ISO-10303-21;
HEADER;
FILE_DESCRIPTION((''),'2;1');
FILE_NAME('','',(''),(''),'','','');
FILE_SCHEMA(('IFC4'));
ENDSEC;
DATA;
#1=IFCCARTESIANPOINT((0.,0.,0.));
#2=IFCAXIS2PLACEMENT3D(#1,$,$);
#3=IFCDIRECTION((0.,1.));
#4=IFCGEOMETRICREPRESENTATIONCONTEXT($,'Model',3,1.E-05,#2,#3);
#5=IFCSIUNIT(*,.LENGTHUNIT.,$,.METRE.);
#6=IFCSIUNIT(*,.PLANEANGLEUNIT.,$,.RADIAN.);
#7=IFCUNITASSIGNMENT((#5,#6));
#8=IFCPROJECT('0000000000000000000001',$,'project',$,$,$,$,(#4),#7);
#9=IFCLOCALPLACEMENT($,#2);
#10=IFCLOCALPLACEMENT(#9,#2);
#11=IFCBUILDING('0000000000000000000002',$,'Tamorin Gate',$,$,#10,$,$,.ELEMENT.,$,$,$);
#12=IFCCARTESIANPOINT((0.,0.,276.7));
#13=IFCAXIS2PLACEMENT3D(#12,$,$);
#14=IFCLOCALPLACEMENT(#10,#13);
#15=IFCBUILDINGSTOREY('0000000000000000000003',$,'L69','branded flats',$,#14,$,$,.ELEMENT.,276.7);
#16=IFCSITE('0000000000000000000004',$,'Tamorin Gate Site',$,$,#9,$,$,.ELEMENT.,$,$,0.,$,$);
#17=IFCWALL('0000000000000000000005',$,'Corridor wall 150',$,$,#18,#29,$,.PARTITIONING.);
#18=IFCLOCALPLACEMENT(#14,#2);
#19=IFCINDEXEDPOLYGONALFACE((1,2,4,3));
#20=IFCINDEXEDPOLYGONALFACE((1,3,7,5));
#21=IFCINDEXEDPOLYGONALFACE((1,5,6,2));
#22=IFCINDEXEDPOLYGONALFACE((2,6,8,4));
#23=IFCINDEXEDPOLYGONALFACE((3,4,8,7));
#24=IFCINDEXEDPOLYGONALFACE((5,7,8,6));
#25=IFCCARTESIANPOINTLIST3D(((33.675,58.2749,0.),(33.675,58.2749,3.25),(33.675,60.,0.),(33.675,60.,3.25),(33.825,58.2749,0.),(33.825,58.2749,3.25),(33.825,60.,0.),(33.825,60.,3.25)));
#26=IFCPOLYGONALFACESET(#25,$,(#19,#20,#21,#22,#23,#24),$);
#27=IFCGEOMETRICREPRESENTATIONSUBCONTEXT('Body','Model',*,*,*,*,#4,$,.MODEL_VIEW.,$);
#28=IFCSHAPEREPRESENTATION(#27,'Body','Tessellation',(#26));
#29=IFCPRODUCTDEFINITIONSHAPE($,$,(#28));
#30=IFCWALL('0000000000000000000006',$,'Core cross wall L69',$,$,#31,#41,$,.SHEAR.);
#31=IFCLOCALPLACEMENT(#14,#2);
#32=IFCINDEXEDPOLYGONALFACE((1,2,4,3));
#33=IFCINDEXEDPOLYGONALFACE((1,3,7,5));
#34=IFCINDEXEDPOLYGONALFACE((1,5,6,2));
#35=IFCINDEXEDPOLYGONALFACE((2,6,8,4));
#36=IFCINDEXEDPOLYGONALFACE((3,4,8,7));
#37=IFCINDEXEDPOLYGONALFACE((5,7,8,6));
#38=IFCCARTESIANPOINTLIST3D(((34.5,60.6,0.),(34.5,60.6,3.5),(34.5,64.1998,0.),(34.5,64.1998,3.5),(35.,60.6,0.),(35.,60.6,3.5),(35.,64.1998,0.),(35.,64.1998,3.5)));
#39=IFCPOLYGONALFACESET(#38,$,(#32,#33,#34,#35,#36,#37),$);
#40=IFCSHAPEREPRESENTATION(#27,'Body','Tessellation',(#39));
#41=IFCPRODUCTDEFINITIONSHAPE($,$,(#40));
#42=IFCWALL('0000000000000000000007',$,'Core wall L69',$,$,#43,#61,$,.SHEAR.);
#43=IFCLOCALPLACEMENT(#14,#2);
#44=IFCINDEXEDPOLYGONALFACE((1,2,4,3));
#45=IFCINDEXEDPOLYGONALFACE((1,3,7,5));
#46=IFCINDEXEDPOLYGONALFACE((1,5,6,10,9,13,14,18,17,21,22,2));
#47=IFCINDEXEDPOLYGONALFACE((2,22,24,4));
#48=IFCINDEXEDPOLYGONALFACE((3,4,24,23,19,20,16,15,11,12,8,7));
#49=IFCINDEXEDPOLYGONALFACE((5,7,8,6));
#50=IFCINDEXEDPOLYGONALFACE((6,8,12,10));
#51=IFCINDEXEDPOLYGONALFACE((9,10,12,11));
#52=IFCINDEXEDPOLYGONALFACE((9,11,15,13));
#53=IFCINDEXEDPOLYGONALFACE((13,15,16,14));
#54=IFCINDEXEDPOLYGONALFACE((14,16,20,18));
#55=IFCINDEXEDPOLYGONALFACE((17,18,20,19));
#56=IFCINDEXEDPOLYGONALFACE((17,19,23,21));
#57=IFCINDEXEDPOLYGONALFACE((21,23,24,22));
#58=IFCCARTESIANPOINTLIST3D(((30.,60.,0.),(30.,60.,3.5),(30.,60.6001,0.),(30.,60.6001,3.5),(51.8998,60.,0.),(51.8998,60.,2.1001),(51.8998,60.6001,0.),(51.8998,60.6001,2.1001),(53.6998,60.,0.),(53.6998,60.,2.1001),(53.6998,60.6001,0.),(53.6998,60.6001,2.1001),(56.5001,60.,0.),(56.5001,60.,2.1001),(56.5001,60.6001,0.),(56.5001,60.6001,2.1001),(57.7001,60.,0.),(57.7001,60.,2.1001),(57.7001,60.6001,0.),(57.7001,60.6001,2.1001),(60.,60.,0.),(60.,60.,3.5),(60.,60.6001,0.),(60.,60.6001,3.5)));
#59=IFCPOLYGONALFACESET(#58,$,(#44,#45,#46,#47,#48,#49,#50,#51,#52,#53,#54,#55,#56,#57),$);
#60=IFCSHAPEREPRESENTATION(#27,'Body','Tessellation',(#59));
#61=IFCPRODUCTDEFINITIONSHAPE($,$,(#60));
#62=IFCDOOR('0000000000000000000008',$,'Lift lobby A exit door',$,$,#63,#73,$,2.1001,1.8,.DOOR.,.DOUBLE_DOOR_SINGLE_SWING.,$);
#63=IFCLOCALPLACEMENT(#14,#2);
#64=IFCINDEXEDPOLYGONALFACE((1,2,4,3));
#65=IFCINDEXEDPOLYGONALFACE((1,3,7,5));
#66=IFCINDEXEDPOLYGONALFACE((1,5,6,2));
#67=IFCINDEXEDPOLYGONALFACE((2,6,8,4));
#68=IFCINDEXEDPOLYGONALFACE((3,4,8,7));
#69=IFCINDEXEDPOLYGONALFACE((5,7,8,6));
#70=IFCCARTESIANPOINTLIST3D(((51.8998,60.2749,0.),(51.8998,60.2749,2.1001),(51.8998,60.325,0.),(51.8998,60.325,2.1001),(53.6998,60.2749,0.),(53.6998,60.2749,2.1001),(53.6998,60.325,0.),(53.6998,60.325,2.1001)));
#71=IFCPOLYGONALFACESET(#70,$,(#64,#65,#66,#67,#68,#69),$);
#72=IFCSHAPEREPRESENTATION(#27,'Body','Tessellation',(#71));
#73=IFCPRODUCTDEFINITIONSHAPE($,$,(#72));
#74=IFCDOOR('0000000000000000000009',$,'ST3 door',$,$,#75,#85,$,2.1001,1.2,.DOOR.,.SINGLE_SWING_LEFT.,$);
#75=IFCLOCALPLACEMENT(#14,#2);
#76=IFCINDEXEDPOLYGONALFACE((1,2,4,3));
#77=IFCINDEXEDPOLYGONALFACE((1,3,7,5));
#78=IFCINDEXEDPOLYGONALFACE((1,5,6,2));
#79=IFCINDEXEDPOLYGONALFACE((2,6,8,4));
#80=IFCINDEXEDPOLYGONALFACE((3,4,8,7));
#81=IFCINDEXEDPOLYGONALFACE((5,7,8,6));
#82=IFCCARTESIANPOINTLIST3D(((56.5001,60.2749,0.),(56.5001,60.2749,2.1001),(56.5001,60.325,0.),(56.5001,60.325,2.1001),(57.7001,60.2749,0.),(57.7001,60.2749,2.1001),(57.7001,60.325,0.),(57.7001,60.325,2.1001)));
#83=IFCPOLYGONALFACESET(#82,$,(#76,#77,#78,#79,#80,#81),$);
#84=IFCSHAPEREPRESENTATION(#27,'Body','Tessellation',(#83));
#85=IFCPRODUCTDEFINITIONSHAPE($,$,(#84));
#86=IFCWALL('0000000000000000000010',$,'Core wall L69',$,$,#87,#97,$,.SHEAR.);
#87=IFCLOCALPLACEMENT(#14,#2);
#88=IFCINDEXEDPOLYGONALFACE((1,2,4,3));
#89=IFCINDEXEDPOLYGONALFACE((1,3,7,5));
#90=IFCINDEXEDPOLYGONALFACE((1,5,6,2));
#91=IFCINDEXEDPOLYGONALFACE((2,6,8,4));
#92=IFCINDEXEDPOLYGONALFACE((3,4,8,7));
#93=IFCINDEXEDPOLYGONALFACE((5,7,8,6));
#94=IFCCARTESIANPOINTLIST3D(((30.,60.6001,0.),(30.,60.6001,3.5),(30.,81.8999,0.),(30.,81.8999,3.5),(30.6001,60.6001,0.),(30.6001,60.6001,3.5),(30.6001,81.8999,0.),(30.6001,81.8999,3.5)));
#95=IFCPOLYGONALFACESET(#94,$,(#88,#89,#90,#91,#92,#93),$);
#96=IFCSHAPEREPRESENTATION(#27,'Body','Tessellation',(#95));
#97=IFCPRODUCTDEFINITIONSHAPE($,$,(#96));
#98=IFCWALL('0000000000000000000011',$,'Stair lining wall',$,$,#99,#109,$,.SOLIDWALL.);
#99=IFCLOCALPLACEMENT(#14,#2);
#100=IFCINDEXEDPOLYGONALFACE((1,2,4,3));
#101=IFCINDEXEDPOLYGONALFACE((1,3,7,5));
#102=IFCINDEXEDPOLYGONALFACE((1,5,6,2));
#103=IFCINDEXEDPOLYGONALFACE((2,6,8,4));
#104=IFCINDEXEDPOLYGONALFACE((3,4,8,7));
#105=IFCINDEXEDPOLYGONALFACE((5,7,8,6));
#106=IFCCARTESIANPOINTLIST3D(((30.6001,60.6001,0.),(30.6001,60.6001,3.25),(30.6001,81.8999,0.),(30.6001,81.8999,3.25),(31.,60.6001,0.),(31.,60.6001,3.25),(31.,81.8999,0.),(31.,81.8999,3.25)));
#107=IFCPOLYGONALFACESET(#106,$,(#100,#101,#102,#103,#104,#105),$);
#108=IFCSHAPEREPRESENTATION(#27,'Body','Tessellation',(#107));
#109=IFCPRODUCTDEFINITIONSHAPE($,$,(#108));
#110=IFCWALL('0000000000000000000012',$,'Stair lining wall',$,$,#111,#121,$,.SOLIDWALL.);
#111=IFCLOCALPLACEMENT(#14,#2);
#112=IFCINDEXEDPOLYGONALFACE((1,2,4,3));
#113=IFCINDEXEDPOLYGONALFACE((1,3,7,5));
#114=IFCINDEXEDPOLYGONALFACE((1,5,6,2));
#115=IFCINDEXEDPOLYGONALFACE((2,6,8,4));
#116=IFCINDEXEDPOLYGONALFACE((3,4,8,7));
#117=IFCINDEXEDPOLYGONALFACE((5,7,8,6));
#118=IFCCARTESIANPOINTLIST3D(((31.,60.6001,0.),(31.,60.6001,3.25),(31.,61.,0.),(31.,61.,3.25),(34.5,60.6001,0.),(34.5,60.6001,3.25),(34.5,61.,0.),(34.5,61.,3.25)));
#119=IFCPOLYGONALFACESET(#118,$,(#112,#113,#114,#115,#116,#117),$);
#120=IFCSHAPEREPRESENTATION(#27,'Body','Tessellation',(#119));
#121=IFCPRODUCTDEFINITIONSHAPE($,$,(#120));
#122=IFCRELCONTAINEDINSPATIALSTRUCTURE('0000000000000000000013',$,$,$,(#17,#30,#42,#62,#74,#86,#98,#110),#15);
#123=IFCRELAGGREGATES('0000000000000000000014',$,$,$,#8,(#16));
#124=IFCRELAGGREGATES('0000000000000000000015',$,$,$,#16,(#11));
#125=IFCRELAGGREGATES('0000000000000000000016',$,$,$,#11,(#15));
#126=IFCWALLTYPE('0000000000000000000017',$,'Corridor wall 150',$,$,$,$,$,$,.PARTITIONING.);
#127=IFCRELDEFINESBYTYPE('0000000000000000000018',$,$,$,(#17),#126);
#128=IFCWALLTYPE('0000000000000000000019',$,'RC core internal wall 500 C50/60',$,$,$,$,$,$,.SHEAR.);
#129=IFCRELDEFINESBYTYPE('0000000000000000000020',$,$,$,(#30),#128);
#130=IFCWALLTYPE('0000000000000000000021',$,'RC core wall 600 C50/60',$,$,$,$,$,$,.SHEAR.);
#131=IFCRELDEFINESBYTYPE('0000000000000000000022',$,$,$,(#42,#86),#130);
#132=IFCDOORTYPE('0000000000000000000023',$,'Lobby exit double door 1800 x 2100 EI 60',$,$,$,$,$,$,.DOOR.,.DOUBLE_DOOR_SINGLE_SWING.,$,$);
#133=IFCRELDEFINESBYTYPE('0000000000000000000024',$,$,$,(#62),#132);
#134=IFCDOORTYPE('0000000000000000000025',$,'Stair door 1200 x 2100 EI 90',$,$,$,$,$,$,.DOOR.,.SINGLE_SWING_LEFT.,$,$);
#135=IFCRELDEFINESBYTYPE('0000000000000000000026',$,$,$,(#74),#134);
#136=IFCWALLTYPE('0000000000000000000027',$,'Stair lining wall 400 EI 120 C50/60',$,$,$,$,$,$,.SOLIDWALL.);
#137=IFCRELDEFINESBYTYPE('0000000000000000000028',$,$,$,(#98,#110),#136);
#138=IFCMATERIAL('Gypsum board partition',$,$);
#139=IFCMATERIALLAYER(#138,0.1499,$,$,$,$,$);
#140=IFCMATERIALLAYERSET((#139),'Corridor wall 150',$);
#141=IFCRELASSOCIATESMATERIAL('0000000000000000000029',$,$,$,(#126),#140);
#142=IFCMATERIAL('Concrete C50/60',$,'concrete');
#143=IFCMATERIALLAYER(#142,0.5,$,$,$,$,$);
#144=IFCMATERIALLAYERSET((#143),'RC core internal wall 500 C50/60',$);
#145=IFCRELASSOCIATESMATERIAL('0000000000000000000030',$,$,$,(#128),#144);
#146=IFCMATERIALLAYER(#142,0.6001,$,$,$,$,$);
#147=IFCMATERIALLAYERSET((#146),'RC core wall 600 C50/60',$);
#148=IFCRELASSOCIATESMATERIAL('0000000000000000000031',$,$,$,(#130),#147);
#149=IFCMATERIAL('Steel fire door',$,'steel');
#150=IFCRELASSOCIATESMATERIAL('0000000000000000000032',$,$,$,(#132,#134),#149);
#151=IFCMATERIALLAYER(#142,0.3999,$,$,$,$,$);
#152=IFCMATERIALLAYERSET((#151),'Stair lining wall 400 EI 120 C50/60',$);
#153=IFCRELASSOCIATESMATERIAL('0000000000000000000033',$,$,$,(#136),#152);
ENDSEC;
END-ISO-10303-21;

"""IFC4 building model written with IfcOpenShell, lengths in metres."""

from ifc_helpers import new_model, si_unit, direction, frame, frame_2d, origin, place, context, subcontext, project, spatial, rectangle, extrude, material, layer, layer_set, type_object, element, fill, save


model = new_model("IFC4")

# Units and contexts
model_context = context("Model", 3, precision=1e-05, world=origin(), true_north=direction((0.0, 1.0)))
body_context = subcontext(model_context, "Body", "Model", "MODEL_VIEW")
ifc_project = project(units=[si_unit("LENGTHUNIT", "METRE"), si_unit("PLANEANGLEUNIT", "RADIAN")], contexts=[model_context])

# Site, building, storey
site_placement = place(None, origin())
site = spatial("IfcSite", under=ifc_project, at=site_placement, Name="Tamorin Gate Site", CompositionType="ELEMENT", RefElevation=0.0)
building_placement = place(site_placement, origin())
building = spatial("IfcBuilding", under=site, at=building_placement, Name="Tamorin Gate", CompositionType="ELEMENT")
storey_placement = place(building_placement, frame((0.0, 0.0, 276.7)))
storey = spatial("IfcBuildingStorey", under=building, at=storey_placement, Name="L69", Description="branded flats", CompositionType="ELEMENT", Elevation=276.7)

# Shared definitions
ifc_material_1 = material(Name="Concrete C50/60", Category="concrete")

# Shared definitions
ifc_material_2 = material(Name="Gypsum board partition")
ifc_layer_1 = layer(ifc_material_2, 0.1499)
ifc_layer_set_1 = layer_set([ifc_layer_1], Name="Corridor wall 150")
wall_type_1 = type_object("IfcWallType", Name="Corridor wall 150", PredefinedType="PARTITIONING", material=ifc_layer_set_1)

# Walls
wall_1_placement = place(storey_placement, frame((33.75, 58.2749, 0.0), z_axis=(0.0, 0.0, 1.0), x_axis=(0.0, 1.0, 0.0)))
element("IfcWall", 1, at=wall_1_placement, inside=storey, type_object=wall_type_1, Name="Corridor wall 150", PredefinedType="PARTITIONING", context=body_context, shape_type="SweptSolid", body=[
    extrude(rectangle(XDim=1.7251, YDim=0.1499, at=frame_2d((0.8625, 0.0))), origin(), (0.0, 0.0, 1.0), 3.25),
])
ifc_layer_2 = layer(ifc_material_1, 0.5)
ifc_layer_set_2 = layer_set([ifc_layer_2], Name="RC core internal wall 500 C50/60")
wall_type_2 = type_object("IfcWallType", Name="RC core internal wall 500 C50/60", PredefinedType="SHEAR", material=ifc_layer_set_2)
wall_2_placement = place(storey_placement, frame((34.75, 60.6001, 0.0), z_axis=(0.0, 0.0, 1.0), x_axis=(0.0, 1.0, 0.0)))
element("IfcWall", 2, at=wall_2_placement, inside=storey, type_object=wall_type_2, Name="Core cross wall L69", PredefinedType="SHEAR", context=body_context, shape_type="SweptSolid", body=[
    extrude(rectangle(XDim=3.5999, YDim=0.5, at=frame_2d((1.7998, 0.0))), origin(), (0.0, 0.0, 1.0), 3.5),
])

# Wall, openings, doors
ifc_layer_3 = layer(ifc_material_1, 0.6001)
ifc_layer_set_3 = layer_set([ifc_layer_3], Name="RC core wall 600 C50/60")
wall_type_3 = type_object("IfcWallType", Name="RC core wall 600 C50/60", PredefinedType="SHEAR", material=ifc_layer_set_3)
wall_3_placement = place(storey_placement, frame((30.0, 60.3, 0.0), z_axis=(0.0, 0.0, 1.0), x_axis=(1.0, 0.0, 0.0)))
wall_3 = element("IfcWall", 3, at=wall_3_placement, inside=storey, type_object=wall_type_3, Name="Core wall L69", PredefinedType="SHEAR", context=body_context, shape_type="SweptSolid", body=[
    extrude(rectangle(XDim=30.0, YDim=0.6001, at=frame_2d((15.0, 0.0))), origin(), (0.0, 0.0, 1.0), 3.5),
])
opening_1_placement = place(wall_3_placement, frame((21.8999, 0.0, 0.0)))
opening_1 = element("IfcOpeningElement", 4, at=opening_1_placement, cuts=wall_3, PredefinedType="OPENING", context=body_context, shape_type="SweptSolid", body=[
    extrude(rectangle(XDim=1.8, YDim=2.1001, at=frame_2d((0.8999, 1.05))), frame((0.0, 0.3101, 0.0), z_axis=(0.0, -1.0, 0.0), x_axis=(1.0, 0.0, 0.0)), (0.0, 0.0, 1.0), 0.6201),
])
opening_2_placement = place(wall_3_placement, frame((26.5, 0.0, 0.0)))
opening_2 = element("IfcOpeningElement", 5, at=opening_2_placement, cuts=wall_3, PredefinedType="OPENING", context=body_context, shape_type="SweptSolid", body=[
    extrude(rectangle(XDim=1.2, YDim=2.1001, at=frame_2d((0.6001, 1.05))), frame((0.0, 0.3101, 0.0), z_axis=(0.0, -1.0, 0.0), x_axis=(1.0, 0.0, 0.0)), (0.0, 0.0, 1.0), 0.6201),
])
ifc_material_3 = material(Name="Steel fire door", Category="steel")
door_type_1 = type_object("IfcDoorType", Name="Lobby exit double door 1800 x 2100 EI 60", OperationType="DOUBLE_DOOR_SINGLE_SWING", PredefinedType="DOOR", material=ifc_material_3)
door_1_placement = place(opening_1_placement, origin())
door_1 = element("IfcDoor", 6, at=door_1_placement, inside=storey, type_object=door_type_1, Name="Lift lobby A exit door", OperationType="DOUBLE_DOOR_SINGLE_SWING", OverallHeight=2.1001, OverallWidth=1.8, PredefinedType="DOOR", context=body_context, shape_type="SweptSolid", body=[
    extrude(rectangle(XDim=1.8, YDim=2.1001, at=frame_2d((0.8999, 1.05))), frame((0.0, 0.0249, 0.0), z_axis=(0.0, -1.0, 0.0), x_axis=(1.0, 0.0, 0.0)), (0.0, 0.0, 1.0), 0.05),
])
fill(opening_1, door_1)
door_type_2 = type_object("IfcDoorType", Name="Stair door 1200 x 2100 EI 90", OperationType="SINGLE_SWING_LEFT", PredefinedType="DOOR", material=ifc_material_3)
door_2_placement = place(opening_2_placement, origin())
door_2 = element("IfcDoor", 7, at=door_2_placement, inside=storey, type_object=door_type_2, Name="ST3 door", OperationType="SINGLE_SWING_LEFT", OverallHeight=2.1001, OverallWidth=1.2, PredefinedType="DOOR", context=body_context, shape_type="SweptSolid", body=[
    extrude(rectangle(XDim=1.2, YDim=2.1001, at=frame_2d((0.6001, 1.05))), frame((0.0, 0.0249, 0.0), z_axis=(0.0, -1.0, 0.0), x_axis=(1.0, 0.0, 0.0)), (0.0, 0.0, 1.0), 0.05),
])
fill(opening_2, door_2)

# Walls
wall_4_placement = place(storey_placement, frame((30.3, 60.6001, 0.0), z_axis=(0.0, 0.0, 1.0), x_axis=(0.0, 1.0, 0.0)))
element("IfcWall", 8, at=wall_4_placement, inside=storey, type_object=wall_type_3, Name="Core wall L69", PredefinedType="SHEAR", context=body_context, shape_type="SweptSolid", body=[
    extrude(rectangle(XDim=21.2998, YDim=0.6001, at=frame_2d((10.6499, 0.0))), origin(), (0.0, 0.0, 1.0), 3.5),
])
ifc_layer_4 = layer(ifc_material_1, 0.3999)
ifc_layer_set_4 = layer_set([ifc_layer_4], Name="Stair lining wall 400 EI 120 C50/60")
wall_type_4 = type_object("IfcWallType", Name="Stair lining wall 400 EI 120 C50/60", PredefinedType="SOLIDWALL", material=ifc_layer_set_4)
wall_5_placement = place(storey_placement, frame((30.8, 60.6001, 0.0), z_axis=(0.0, 0.0, 1.0), x_axis=(0.0, 1.0, 0.0)))
element("IfcWall", 9, at=wall_5_placement, inside=storey, type_object=wall_type_4, Name="Stair lining wall", PredefinedType="SOLIDWALL", context=body_context, shape_type="SweptSolid", body=[
    extrude(rectangle(XDim=21.2998, YDim=0.3999, at=frame_2d((10.6499, 0.0))), origin(), (0.0, 0.0, 1.0), 3.25),
])
wall_6_placement = place(storey_placement, frame((31.0, 60.8, 0.0), z_axis=(0.0, 0.0, 1.0), x_axis=(1.0, 0.0, 0.0)))
element("IfcWall", 10, at=wall_6_placement, inside=storey, type_object=wall_type_4, Name="Stair lining wall", PredefinedType="SOLIDWALL", context=body_context, shape_type="SweptSolid", body=[
    extrude(rectangle(XDim=3.5, YDim=0.3999, at=frame_2d((1.75, 0.0))), origin(), (0.0, 0.0, 1.0), 3.25),
])

save(model, "model.ifc")
